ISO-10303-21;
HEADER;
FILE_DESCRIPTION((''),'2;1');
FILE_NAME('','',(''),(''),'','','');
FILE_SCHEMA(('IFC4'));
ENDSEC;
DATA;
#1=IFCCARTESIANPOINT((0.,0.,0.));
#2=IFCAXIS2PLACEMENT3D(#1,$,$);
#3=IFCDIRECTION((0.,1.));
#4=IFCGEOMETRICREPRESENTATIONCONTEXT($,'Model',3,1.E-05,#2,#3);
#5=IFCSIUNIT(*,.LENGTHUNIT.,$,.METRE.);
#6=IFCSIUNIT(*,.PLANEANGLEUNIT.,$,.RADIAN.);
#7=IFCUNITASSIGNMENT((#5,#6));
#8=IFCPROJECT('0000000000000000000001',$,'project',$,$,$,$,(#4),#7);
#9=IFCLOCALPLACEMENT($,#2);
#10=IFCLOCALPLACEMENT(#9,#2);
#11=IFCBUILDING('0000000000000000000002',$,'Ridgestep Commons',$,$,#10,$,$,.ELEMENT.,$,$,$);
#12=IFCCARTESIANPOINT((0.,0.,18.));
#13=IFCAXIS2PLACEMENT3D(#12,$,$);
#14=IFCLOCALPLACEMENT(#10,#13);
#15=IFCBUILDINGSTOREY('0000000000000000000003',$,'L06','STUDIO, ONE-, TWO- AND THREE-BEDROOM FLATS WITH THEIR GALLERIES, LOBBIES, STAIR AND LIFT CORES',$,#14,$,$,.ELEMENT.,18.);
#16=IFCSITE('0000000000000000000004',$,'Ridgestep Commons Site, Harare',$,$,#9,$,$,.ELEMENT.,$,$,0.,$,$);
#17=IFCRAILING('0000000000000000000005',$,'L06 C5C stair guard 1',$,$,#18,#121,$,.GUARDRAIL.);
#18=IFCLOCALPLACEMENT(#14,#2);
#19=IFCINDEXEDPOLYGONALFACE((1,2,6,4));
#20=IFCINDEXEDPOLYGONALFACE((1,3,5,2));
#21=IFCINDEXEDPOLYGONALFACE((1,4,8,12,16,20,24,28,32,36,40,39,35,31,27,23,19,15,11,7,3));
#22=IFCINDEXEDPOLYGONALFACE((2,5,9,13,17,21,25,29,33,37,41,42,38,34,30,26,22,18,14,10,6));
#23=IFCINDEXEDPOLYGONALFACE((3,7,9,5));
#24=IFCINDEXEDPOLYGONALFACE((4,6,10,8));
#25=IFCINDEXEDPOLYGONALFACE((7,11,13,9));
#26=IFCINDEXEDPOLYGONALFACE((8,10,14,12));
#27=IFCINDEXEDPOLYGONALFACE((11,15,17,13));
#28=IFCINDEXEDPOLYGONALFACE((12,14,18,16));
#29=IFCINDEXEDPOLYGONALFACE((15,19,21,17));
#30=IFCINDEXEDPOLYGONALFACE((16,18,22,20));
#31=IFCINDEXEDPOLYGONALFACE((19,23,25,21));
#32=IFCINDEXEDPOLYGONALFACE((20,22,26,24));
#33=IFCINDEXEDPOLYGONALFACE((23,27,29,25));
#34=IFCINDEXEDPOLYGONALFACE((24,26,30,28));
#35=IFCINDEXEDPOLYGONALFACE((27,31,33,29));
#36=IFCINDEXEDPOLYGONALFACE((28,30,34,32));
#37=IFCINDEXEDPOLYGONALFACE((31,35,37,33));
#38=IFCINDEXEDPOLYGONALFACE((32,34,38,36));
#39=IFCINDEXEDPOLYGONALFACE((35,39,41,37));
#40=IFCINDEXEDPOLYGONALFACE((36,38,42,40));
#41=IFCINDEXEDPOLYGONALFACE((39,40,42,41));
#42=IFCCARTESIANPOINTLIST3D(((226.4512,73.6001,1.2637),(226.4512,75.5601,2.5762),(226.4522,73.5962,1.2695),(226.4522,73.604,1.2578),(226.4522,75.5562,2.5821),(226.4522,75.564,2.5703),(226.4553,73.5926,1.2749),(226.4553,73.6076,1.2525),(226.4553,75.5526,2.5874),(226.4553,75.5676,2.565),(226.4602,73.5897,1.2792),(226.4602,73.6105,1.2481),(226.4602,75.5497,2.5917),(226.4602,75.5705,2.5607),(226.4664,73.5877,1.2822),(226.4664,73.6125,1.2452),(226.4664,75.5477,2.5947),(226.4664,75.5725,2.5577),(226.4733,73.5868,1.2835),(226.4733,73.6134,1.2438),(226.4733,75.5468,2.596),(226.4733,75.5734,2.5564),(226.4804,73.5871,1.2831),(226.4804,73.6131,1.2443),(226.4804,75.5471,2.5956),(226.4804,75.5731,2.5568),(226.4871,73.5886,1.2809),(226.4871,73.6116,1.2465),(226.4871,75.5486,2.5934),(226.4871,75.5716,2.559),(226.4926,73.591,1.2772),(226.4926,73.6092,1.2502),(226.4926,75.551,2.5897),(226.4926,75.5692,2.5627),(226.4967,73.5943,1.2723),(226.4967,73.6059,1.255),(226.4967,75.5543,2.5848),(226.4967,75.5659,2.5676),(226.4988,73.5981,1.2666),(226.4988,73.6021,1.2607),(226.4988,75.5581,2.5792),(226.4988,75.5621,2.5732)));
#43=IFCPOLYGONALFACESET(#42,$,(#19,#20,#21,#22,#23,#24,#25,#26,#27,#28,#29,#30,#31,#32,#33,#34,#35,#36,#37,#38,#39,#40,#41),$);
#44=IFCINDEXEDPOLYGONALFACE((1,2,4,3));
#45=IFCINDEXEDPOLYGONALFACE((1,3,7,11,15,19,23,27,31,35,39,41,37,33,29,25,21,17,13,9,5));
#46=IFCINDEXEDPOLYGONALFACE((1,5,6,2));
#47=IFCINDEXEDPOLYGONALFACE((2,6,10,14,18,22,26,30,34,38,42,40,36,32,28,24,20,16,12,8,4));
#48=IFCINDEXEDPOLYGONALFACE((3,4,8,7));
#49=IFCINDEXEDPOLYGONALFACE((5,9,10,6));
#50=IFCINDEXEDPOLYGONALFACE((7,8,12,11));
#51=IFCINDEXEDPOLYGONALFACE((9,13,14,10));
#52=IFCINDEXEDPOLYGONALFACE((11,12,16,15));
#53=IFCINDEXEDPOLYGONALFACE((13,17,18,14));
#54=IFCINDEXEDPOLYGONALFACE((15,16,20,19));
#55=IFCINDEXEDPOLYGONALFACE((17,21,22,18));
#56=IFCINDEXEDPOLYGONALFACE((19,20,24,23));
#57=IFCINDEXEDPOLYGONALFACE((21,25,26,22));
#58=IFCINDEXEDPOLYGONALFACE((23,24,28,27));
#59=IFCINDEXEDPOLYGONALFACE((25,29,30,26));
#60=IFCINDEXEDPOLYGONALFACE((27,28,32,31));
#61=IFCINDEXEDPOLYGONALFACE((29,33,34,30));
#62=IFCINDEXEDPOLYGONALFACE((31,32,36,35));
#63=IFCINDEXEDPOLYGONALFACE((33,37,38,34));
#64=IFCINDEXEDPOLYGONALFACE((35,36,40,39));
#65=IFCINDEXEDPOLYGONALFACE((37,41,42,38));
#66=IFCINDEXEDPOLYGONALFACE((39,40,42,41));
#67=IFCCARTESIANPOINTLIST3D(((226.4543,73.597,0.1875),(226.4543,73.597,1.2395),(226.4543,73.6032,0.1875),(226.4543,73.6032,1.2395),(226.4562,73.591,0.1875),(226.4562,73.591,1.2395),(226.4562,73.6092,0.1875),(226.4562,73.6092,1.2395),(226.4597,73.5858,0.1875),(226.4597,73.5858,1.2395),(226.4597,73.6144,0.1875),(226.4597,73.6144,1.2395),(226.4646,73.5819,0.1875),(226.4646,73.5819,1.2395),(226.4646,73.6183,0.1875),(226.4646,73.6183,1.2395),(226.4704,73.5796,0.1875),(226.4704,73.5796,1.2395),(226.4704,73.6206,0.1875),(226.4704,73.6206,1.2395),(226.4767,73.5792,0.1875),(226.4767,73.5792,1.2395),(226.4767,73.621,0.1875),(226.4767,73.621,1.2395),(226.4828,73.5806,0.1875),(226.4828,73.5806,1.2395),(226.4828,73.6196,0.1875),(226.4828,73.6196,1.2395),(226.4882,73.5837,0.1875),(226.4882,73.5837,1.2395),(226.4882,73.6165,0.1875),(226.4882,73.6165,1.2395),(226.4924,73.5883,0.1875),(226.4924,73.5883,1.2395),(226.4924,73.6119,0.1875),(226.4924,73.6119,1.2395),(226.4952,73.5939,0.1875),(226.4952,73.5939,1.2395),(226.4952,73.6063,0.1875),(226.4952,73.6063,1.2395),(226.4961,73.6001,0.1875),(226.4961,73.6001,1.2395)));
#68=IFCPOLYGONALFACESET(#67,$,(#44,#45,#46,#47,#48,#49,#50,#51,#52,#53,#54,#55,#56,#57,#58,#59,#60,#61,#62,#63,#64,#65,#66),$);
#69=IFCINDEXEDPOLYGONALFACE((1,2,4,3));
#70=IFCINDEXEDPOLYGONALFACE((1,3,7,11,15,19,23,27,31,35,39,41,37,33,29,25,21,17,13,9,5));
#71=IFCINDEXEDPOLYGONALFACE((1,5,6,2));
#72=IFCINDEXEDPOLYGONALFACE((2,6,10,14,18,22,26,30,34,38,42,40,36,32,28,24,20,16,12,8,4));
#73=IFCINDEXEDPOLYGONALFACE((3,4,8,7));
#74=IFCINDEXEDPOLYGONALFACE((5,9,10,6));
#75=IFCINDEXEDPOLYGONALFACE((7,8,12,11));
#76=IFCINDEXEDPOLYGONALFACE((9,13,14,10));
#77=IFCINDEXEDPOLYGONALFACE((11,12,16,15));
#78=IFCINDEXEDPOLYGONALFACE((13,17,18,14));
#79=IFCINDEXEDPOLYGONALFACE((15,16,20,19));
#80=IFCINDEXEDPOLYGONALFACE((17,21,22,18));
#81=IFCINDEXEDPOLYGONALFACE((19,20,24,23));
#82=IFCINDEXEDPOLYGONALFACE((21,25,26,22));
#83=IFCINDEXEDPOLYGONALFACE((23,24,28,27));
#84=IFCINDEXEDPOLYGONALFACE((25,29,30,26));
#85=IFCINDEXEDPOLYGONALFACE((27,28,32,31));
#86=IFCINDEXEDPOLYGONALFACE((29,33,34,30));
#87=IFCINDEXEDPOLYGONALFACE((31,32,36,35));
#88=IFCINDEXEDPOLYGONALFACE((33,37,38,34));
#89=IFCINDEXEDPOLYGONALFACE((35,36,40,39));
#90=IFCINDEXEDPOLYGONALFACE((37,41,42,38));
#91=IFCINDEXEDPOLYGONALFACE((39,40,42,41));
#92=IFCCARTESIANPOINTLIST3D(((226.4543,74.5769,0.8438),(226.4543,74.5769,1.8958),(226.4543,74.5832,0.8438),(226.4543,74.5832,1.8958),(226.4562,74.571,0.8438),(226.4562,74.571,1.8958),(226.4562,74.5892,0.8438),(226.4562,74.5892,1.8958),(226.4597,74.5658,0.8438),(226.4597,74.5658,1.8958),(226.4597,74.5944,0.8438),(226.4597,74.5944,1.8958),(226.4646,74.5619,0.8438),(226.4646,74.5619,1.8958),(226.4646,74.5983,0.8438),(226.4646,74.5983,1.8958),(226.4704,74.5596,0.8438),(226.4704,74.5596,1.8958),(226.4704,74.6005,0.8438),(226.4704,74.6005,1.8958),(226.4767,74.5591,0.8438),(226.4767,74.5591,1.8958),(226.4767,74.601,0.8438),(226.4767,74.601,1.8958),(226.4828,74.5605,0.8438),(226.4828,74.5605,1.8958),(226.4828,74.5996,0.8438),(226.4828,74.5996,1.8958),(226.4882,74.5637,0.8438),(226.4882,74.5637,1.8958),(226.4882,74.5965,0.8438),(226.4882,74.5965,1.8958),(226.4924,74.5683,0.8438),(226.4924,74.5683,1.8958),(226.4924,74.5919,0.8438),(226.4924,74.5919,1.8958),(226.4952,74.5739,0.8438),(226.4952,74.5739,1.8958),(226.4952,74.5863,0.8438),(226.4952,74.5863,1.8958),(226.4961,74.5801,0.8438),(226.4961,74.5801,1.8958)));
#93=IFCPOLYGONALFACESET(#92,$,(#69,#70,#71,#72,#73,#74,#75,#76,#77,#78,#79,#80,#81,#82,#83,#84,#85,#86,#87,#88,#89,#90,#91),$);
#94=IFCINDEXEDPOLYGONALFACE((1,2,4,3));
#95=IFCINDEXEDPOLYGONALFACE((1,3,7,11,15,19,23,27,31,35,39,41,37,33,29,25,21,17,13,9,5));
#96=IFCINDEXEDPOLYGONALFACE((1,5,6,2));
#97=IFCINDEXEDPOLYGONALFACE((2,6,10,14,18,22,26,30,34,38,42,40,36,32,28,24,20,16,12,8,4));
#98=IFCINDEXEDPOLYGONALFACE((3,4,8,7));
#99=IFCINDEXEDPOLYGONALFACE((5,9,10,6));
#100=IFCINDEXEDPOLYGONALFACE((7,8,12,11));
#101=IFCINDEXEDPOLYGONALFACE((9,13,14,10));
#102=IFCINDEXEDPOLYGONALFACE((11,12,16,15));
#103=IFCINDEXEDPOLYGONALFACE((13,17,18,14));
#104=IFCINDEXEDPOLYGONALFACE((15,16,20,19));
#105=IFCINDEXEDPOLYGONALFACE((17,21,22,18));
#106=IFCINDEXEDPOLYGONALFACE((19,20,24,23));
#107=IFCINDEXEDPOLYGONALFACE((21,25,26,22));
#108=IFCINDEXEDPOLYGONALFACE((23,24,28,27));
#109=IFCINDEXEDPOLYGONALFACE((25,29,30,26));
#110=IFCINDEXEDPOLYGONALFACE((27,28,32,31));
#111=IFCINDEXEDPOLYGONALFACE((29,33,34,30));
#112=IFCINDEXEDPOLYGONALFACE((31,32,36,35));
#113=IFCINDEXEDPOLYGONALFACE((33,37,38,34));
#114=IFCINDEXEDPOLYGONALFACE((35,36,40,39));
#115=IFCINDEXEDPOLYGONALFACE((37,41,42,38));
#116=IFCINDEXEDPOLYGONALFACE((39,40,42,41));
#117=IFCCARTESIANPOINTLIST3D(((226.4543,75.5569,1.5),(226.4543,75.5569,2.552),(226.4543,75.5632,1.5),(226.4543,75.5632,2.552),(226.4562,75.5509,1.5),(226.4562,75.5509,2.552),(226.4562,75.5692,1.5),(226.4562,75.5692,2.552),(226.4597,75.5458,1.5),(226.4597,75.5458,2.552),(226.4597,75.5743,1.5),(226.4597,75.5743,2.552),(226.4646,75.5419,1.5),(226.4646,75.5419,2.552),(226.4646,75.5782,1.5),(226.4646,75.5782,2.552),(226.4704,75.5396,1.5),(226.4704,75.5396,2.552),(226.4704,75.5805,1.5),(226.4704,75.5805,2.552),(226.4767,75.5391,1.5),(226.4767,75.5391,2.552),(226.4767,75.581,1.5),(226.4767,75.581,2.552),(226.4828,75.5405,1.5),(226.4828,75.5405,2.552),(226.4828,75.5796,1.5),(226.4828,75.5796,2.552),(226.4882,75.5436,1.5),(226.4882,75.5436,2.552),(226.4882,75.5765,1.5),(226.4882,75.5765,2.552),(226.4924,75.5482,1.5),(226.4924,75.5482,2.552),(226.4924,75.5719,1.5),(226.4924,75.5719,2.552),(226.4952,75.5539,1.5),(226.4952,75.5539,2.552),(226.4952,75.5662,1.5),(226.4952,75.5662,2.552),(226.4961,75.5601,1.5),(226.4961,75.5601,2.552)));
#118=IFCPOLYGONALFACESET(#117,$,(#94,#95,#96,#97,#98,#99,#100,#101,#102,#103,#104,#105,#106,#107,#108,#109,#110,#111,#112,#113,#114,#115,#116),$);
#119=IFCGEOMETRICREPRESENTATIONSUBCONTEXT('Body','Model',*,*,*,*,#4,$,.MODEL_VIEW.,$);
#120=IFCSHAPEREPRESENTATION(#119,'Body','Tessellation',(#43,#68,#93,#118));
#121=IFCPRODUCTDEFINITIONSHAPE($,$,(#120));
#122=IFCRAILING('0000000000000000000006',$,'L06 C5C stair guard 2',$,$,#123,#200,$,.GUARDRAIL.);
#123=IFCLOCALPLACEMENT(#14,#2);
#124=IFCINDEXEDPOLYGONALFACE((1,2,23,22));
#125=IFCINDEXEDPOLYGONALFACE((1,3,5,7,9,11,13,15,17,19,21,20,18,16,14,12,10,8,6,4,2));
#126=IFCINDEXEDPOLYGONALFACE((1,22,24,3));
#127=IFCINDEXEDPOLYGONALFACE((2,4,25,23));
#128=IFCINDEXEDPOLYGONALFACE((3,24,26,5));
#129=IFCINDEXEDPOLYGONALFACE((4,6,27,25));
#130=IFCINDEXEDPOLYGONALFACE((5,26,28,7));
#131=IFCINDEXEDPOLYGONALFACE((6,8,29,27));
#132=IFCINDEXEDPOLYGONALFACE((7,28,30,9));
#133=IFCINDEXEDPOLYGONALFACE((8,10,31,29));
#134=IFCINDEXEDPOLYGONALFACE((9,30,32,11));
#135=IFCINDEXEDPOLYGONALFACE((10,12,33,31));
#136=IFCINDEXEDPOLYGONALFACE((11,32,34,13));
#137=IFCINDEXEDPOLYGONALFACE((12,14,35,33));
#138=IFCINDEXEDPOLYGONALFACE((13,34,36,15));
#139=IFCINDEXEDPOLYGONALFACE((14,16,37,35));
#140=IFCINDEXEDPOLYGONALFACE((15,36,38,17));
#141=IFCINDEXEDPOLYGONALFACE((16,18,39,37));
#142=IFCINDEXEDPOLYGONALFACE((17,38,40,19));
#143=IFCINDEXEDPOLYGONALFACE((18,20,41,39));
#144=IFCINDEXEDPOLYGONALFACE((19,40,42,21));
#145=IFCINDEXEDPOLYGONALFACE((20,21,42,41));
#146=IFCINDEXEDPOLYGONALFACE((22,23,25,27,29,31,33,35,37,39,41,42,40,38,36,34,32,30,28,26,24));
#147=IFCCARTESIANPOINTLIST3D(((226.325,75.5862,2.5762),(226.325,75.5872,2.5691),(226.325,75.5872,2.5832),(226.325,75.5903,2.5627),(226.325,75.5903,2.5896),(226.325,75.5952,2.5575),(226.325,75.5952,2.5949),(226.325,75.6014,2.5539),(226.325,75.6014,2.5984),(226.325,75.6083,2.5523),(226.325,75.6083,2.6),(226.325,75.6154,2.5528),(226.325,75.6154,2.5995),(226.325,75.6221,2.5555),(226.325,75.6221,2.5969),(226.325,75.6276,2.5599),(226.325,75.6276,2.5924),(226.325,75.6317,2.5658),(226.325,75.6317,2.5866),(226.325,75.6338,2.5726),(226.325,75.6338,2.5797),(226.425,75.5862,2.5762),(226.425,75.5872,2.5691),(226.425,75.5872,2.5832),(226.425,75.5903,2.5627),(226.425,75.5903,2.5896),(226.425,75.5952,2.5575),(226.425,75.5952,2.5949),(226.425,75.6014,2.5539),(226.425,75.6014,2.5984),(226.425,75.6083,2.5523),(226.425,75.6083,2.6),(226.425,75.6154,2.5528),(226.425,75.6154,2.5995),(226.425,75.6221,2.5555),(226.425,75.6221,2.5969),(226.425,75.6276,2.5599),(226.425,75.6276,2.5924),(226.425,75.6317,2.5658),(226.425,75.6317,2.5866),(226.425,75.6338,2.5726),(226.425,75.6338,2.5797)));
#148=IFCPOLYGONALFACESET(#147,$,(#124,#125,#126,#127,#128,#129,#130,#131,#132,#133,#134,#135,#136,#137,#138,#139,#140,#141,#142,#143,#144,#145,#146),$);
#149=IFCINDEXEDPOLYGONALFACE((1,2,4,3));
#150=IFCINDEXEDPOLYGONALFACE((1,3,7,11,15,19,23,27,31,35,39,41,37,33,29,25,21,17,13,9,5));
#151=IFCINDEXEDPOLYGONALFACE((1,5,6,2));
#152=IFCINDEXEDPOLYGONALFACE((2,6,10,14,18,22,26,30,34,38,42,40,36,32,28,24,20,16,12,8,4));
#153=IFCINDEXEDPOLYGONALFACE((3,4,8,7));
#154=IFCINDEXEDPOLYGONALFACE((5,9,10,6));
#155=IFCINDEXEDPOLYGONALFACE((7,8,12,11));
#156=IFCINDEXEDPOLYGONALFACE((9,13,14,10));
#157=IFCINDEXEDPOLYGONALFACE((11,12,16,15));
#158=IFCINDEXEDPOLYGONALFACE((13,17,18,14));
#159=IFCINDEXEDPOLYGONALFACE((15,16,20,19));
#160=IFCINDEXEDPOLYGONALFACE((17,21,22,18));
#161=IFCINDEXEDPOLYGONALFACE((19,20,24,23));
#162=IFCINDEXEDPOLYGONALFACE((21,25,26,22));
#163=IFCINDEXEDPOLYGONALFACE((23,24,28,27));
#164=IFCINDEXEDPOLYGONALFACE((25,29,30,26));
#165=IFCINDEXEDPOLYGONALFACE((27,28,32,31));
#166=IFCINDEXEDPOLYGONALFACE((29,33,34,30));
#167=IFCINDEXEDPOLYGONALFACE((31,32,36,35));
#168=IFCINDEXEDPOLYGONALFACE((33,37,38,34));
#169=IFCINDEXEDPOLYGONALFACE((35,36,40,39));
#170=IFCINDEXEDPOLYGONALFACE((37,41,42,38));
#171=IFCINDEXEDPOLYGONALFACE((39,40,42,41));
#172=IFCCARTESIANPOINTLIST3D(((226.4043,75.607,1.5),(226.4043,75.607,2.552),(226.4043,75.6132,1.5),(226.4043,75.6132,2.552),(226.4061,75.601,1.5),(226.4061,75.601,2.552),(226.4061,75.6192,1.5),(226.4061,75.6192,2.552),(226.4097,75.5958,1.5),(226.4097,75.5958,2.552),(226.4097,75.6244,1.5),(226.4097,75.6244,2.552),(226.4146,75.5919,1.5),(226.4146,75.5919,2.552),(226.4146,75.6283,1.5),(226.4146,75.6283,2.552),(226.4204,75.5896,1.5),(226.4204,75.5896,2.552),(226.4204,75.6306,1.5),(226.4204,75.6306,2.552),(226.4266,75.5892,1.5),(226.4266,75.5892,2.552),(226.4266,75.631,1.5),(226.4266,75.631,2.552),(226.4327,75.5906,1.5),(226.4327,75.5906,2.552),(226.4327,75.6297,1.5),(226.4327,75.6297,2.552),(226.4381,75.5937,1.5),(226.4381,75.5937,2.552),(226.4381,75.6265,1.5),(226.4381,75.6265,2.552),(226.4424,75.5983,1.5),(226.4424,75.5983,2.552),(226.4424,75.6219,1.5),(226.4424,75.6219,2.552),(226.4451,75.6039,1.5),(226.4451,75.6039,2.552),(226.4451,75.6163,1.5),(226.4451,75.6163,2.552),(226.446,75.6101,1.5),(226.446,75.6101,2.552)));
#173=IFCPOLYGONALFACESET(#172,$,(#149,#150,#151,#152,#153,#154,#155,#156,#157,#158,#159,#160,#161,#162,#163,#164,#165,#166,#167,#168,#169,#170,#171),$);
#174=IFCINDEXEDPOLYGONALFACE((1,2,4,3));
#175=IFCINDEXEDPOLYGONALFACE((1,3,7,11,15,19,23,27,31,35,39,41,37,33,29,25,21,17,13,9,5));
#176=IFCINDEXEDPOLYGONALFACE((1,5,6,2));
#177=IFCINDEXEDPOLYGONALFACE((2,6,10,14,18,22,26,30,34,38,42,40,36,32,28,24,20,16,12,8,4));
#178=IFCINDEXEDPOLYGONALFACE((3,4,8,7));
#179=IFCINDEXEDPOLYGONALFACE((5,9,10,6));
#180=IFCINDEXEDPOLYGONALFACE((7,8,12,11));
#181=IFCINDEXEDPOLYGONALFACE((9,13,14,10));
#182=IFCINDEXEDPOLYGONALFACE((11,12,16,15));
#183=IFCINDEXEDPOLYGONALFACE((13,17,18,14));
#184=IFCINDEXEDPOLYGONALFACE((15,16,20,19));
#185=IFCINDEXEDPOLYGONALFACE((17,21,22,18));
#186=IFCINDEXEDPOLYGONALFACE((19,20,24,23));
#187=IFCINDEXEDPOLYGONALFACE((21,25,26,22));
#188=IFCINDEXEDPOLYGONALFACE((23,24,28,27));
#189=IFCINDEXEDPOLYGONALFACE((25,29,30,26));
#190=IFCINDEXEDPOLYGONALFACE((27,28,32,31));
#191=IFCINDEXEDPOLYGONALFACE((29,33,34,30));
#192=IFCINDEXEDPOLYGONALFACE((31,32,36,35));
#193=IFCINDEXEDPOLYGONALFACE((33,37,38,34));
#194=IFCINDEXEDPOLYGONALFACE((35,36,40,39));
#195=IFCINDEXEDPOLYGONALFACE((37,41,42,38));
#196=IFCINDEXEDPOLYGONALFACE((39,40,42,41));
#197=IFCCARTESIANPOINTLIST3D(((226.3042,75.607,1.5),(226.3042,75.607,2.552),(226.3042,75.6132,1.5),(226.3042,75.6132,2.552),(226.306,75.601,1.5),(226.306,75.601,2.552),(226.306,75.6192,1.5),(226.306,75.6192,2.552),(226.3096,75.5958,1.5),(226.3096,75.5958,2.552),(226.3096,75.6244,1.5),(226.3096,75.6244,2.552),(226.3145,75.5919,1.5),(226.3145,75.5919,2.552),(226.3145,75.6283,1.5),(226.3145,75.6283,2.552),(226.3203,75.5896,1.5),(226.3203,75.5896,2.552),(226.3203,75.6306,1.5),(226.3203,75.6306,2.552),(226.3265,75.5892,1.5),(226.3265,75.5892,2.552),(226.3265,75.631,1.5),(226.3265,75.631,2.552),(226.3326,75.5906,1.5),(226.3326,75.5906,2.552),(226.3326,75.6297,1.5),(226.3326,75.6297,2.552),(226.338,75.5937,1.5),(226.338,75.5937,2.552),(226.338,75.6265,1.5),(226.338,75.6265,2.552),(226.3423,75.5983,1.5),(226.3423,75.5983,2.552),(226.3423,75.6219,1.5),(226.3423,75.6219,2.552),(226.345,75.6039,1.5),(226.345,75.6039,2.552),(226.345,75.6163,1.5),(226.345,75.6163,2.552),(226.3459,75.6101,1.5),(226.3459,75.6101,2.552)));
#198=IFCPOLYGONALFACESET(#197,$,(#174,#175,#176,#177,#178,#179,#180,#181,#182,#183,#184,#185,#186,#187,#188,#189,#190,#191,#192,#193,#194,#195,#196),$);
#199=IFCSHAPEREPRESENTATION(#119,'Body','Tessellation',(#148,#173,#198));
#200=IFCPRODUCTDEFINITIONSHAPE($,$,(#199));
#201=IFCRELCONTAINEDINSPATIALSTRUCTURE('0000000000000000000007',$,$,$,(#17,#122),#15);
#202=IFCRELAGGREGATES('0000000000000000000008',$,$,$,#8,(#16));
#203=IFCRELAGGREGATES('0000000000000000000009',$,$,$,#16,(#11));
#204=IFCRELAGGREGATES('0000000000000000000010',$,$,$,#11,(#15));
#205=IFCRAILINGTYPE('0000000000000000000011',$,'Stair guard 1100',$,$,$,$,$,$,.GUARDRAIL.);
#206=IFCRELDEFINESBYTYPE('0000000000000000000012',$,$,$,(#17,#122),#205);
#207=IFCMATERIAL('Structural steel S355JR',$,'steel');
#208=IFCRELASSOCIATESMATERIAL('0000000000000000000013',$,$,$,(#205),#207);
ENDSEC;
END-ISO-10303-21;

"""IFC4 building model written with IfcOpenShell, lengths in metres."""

from ifc_helpers import new_model, si_unit, direction, frame, origin, origin_2d, place, context, subcontext, project, spatial, circle, extrude, material, type_object, element, save


model = new_model("IFC4")

# Units and contexts
model_context = context("Model", 3, precision=1e-05, world=origin(), true_north=direction((0.0, 1.0)))
body_context = subcontext(model_context, "Body", "Model", "MODEL_VIEW")
ifc_project = project(units=[si_unit("LENGTHUNIT", "METRE"), si_unit("PLANEANGLEUNIT", "RADIAN")], contexts=[model_context])

# Site, building, storey
site_placement = place(None, origin())
site = spatial("IfcSite", under=ifc_project, at=site_placement, Name="Ridgestep Commons Site, Harare", CompositionType="ELEMENT", RefElevation=0.0)
building_placement = place(site_placement, origin())
building = spatial("IfcBuilding", under=site, at=building_placement, Name="Ridgestep Commons", CompositionType="ELEMENT")
storey_placement = place(building_placement, frame((0.0, 0.0, 18.0)))
storey = spatial("IfcBuildingStorey", under=building, at=storey_placement, Name="L06", Description="STUDIO, ONE-, TWO- AND THREE-BEDROOM FLATS WITH THEIR GALLERIES, LOBBIES, STAIR AND LIFT CORES", CompositionType="ELEMENT", Elevation=18.0)

# Railings
ifc_material_1 = material(Name="Structural steel S355JR", Category="steel")
railing_type_1 = type_object("IfcRailingType", Name="Stair guard 1100", PredefinedType="GUARDRAIL", material=ifc_material_1)
railing_1_placement = place(storey_placement, frame((226.4751, 73.6001, 0.1875)))
element("IfcRailing", 1, at=railing_1_placement, inside=storey, type_object=railing_type_1, Name="L06 C5C stair guard 1", PredefinedType="GUARDRAIL", context=body_context, shape_type="SweptSolid", body=[
    extrude(circle(Radius=0.0239, at=origin_2d()), frame((0.0, 0.0, 1.0762), z_axis=(0.0, 0.830902, 0.556419), x_axis=(-1.0, 0.0, 0.0)), (0.0, 0.0, 1.0), 2.3589),
    extrude(circle(Radius=0.021, at=origin_2d()), origin(), (0.0, 0.0, 1.0), 1.052),
    extrude(circle(Radius=0.021, at=origin_2d()), frame((0.0, 0.98, 0.6562)), (0.0, 0.0, 1.0), 1.052),
    extrude(circle(Radius=0.021, at=origin_2d()), frame((0.0, 1.96, 1.3125)), (0.0, 0.0, 1.0), 1.052),
])
railing_2_placement = place(storey_placement, frame((226.425, 75.6101, 1.5)))
element("IfcRailing", 2, at=railing_2_placement, inside=storey, type_object=railing_type_1, Name="L06 C5C stair guard 2", PredefinedType="GUARDRAIL", context=body_context, shape_type="SweptSolid", body=[
    extrude(circle(Radius=0.0239, at=origin_2d()), frame((0.0, 0.0, 1.0762), z_axis=(-1.0, 0.0, 0.0), x_axis=(0.0, -1.0, 0.0)), (0.0, 0.0, 1.0), 0.1001),
    extrude(circle(Radius=0.021, at=origin_2d()), origin(), (0.0, 0.0, 1.0), 1.052),
    extrude(circle(Radius=0.021, at=origin_2d()), frame((-0.1001, 0.0, 0.0)), (0.0, 0.0, 1.0), 1.052),
])

save(model, "model.ifc")
